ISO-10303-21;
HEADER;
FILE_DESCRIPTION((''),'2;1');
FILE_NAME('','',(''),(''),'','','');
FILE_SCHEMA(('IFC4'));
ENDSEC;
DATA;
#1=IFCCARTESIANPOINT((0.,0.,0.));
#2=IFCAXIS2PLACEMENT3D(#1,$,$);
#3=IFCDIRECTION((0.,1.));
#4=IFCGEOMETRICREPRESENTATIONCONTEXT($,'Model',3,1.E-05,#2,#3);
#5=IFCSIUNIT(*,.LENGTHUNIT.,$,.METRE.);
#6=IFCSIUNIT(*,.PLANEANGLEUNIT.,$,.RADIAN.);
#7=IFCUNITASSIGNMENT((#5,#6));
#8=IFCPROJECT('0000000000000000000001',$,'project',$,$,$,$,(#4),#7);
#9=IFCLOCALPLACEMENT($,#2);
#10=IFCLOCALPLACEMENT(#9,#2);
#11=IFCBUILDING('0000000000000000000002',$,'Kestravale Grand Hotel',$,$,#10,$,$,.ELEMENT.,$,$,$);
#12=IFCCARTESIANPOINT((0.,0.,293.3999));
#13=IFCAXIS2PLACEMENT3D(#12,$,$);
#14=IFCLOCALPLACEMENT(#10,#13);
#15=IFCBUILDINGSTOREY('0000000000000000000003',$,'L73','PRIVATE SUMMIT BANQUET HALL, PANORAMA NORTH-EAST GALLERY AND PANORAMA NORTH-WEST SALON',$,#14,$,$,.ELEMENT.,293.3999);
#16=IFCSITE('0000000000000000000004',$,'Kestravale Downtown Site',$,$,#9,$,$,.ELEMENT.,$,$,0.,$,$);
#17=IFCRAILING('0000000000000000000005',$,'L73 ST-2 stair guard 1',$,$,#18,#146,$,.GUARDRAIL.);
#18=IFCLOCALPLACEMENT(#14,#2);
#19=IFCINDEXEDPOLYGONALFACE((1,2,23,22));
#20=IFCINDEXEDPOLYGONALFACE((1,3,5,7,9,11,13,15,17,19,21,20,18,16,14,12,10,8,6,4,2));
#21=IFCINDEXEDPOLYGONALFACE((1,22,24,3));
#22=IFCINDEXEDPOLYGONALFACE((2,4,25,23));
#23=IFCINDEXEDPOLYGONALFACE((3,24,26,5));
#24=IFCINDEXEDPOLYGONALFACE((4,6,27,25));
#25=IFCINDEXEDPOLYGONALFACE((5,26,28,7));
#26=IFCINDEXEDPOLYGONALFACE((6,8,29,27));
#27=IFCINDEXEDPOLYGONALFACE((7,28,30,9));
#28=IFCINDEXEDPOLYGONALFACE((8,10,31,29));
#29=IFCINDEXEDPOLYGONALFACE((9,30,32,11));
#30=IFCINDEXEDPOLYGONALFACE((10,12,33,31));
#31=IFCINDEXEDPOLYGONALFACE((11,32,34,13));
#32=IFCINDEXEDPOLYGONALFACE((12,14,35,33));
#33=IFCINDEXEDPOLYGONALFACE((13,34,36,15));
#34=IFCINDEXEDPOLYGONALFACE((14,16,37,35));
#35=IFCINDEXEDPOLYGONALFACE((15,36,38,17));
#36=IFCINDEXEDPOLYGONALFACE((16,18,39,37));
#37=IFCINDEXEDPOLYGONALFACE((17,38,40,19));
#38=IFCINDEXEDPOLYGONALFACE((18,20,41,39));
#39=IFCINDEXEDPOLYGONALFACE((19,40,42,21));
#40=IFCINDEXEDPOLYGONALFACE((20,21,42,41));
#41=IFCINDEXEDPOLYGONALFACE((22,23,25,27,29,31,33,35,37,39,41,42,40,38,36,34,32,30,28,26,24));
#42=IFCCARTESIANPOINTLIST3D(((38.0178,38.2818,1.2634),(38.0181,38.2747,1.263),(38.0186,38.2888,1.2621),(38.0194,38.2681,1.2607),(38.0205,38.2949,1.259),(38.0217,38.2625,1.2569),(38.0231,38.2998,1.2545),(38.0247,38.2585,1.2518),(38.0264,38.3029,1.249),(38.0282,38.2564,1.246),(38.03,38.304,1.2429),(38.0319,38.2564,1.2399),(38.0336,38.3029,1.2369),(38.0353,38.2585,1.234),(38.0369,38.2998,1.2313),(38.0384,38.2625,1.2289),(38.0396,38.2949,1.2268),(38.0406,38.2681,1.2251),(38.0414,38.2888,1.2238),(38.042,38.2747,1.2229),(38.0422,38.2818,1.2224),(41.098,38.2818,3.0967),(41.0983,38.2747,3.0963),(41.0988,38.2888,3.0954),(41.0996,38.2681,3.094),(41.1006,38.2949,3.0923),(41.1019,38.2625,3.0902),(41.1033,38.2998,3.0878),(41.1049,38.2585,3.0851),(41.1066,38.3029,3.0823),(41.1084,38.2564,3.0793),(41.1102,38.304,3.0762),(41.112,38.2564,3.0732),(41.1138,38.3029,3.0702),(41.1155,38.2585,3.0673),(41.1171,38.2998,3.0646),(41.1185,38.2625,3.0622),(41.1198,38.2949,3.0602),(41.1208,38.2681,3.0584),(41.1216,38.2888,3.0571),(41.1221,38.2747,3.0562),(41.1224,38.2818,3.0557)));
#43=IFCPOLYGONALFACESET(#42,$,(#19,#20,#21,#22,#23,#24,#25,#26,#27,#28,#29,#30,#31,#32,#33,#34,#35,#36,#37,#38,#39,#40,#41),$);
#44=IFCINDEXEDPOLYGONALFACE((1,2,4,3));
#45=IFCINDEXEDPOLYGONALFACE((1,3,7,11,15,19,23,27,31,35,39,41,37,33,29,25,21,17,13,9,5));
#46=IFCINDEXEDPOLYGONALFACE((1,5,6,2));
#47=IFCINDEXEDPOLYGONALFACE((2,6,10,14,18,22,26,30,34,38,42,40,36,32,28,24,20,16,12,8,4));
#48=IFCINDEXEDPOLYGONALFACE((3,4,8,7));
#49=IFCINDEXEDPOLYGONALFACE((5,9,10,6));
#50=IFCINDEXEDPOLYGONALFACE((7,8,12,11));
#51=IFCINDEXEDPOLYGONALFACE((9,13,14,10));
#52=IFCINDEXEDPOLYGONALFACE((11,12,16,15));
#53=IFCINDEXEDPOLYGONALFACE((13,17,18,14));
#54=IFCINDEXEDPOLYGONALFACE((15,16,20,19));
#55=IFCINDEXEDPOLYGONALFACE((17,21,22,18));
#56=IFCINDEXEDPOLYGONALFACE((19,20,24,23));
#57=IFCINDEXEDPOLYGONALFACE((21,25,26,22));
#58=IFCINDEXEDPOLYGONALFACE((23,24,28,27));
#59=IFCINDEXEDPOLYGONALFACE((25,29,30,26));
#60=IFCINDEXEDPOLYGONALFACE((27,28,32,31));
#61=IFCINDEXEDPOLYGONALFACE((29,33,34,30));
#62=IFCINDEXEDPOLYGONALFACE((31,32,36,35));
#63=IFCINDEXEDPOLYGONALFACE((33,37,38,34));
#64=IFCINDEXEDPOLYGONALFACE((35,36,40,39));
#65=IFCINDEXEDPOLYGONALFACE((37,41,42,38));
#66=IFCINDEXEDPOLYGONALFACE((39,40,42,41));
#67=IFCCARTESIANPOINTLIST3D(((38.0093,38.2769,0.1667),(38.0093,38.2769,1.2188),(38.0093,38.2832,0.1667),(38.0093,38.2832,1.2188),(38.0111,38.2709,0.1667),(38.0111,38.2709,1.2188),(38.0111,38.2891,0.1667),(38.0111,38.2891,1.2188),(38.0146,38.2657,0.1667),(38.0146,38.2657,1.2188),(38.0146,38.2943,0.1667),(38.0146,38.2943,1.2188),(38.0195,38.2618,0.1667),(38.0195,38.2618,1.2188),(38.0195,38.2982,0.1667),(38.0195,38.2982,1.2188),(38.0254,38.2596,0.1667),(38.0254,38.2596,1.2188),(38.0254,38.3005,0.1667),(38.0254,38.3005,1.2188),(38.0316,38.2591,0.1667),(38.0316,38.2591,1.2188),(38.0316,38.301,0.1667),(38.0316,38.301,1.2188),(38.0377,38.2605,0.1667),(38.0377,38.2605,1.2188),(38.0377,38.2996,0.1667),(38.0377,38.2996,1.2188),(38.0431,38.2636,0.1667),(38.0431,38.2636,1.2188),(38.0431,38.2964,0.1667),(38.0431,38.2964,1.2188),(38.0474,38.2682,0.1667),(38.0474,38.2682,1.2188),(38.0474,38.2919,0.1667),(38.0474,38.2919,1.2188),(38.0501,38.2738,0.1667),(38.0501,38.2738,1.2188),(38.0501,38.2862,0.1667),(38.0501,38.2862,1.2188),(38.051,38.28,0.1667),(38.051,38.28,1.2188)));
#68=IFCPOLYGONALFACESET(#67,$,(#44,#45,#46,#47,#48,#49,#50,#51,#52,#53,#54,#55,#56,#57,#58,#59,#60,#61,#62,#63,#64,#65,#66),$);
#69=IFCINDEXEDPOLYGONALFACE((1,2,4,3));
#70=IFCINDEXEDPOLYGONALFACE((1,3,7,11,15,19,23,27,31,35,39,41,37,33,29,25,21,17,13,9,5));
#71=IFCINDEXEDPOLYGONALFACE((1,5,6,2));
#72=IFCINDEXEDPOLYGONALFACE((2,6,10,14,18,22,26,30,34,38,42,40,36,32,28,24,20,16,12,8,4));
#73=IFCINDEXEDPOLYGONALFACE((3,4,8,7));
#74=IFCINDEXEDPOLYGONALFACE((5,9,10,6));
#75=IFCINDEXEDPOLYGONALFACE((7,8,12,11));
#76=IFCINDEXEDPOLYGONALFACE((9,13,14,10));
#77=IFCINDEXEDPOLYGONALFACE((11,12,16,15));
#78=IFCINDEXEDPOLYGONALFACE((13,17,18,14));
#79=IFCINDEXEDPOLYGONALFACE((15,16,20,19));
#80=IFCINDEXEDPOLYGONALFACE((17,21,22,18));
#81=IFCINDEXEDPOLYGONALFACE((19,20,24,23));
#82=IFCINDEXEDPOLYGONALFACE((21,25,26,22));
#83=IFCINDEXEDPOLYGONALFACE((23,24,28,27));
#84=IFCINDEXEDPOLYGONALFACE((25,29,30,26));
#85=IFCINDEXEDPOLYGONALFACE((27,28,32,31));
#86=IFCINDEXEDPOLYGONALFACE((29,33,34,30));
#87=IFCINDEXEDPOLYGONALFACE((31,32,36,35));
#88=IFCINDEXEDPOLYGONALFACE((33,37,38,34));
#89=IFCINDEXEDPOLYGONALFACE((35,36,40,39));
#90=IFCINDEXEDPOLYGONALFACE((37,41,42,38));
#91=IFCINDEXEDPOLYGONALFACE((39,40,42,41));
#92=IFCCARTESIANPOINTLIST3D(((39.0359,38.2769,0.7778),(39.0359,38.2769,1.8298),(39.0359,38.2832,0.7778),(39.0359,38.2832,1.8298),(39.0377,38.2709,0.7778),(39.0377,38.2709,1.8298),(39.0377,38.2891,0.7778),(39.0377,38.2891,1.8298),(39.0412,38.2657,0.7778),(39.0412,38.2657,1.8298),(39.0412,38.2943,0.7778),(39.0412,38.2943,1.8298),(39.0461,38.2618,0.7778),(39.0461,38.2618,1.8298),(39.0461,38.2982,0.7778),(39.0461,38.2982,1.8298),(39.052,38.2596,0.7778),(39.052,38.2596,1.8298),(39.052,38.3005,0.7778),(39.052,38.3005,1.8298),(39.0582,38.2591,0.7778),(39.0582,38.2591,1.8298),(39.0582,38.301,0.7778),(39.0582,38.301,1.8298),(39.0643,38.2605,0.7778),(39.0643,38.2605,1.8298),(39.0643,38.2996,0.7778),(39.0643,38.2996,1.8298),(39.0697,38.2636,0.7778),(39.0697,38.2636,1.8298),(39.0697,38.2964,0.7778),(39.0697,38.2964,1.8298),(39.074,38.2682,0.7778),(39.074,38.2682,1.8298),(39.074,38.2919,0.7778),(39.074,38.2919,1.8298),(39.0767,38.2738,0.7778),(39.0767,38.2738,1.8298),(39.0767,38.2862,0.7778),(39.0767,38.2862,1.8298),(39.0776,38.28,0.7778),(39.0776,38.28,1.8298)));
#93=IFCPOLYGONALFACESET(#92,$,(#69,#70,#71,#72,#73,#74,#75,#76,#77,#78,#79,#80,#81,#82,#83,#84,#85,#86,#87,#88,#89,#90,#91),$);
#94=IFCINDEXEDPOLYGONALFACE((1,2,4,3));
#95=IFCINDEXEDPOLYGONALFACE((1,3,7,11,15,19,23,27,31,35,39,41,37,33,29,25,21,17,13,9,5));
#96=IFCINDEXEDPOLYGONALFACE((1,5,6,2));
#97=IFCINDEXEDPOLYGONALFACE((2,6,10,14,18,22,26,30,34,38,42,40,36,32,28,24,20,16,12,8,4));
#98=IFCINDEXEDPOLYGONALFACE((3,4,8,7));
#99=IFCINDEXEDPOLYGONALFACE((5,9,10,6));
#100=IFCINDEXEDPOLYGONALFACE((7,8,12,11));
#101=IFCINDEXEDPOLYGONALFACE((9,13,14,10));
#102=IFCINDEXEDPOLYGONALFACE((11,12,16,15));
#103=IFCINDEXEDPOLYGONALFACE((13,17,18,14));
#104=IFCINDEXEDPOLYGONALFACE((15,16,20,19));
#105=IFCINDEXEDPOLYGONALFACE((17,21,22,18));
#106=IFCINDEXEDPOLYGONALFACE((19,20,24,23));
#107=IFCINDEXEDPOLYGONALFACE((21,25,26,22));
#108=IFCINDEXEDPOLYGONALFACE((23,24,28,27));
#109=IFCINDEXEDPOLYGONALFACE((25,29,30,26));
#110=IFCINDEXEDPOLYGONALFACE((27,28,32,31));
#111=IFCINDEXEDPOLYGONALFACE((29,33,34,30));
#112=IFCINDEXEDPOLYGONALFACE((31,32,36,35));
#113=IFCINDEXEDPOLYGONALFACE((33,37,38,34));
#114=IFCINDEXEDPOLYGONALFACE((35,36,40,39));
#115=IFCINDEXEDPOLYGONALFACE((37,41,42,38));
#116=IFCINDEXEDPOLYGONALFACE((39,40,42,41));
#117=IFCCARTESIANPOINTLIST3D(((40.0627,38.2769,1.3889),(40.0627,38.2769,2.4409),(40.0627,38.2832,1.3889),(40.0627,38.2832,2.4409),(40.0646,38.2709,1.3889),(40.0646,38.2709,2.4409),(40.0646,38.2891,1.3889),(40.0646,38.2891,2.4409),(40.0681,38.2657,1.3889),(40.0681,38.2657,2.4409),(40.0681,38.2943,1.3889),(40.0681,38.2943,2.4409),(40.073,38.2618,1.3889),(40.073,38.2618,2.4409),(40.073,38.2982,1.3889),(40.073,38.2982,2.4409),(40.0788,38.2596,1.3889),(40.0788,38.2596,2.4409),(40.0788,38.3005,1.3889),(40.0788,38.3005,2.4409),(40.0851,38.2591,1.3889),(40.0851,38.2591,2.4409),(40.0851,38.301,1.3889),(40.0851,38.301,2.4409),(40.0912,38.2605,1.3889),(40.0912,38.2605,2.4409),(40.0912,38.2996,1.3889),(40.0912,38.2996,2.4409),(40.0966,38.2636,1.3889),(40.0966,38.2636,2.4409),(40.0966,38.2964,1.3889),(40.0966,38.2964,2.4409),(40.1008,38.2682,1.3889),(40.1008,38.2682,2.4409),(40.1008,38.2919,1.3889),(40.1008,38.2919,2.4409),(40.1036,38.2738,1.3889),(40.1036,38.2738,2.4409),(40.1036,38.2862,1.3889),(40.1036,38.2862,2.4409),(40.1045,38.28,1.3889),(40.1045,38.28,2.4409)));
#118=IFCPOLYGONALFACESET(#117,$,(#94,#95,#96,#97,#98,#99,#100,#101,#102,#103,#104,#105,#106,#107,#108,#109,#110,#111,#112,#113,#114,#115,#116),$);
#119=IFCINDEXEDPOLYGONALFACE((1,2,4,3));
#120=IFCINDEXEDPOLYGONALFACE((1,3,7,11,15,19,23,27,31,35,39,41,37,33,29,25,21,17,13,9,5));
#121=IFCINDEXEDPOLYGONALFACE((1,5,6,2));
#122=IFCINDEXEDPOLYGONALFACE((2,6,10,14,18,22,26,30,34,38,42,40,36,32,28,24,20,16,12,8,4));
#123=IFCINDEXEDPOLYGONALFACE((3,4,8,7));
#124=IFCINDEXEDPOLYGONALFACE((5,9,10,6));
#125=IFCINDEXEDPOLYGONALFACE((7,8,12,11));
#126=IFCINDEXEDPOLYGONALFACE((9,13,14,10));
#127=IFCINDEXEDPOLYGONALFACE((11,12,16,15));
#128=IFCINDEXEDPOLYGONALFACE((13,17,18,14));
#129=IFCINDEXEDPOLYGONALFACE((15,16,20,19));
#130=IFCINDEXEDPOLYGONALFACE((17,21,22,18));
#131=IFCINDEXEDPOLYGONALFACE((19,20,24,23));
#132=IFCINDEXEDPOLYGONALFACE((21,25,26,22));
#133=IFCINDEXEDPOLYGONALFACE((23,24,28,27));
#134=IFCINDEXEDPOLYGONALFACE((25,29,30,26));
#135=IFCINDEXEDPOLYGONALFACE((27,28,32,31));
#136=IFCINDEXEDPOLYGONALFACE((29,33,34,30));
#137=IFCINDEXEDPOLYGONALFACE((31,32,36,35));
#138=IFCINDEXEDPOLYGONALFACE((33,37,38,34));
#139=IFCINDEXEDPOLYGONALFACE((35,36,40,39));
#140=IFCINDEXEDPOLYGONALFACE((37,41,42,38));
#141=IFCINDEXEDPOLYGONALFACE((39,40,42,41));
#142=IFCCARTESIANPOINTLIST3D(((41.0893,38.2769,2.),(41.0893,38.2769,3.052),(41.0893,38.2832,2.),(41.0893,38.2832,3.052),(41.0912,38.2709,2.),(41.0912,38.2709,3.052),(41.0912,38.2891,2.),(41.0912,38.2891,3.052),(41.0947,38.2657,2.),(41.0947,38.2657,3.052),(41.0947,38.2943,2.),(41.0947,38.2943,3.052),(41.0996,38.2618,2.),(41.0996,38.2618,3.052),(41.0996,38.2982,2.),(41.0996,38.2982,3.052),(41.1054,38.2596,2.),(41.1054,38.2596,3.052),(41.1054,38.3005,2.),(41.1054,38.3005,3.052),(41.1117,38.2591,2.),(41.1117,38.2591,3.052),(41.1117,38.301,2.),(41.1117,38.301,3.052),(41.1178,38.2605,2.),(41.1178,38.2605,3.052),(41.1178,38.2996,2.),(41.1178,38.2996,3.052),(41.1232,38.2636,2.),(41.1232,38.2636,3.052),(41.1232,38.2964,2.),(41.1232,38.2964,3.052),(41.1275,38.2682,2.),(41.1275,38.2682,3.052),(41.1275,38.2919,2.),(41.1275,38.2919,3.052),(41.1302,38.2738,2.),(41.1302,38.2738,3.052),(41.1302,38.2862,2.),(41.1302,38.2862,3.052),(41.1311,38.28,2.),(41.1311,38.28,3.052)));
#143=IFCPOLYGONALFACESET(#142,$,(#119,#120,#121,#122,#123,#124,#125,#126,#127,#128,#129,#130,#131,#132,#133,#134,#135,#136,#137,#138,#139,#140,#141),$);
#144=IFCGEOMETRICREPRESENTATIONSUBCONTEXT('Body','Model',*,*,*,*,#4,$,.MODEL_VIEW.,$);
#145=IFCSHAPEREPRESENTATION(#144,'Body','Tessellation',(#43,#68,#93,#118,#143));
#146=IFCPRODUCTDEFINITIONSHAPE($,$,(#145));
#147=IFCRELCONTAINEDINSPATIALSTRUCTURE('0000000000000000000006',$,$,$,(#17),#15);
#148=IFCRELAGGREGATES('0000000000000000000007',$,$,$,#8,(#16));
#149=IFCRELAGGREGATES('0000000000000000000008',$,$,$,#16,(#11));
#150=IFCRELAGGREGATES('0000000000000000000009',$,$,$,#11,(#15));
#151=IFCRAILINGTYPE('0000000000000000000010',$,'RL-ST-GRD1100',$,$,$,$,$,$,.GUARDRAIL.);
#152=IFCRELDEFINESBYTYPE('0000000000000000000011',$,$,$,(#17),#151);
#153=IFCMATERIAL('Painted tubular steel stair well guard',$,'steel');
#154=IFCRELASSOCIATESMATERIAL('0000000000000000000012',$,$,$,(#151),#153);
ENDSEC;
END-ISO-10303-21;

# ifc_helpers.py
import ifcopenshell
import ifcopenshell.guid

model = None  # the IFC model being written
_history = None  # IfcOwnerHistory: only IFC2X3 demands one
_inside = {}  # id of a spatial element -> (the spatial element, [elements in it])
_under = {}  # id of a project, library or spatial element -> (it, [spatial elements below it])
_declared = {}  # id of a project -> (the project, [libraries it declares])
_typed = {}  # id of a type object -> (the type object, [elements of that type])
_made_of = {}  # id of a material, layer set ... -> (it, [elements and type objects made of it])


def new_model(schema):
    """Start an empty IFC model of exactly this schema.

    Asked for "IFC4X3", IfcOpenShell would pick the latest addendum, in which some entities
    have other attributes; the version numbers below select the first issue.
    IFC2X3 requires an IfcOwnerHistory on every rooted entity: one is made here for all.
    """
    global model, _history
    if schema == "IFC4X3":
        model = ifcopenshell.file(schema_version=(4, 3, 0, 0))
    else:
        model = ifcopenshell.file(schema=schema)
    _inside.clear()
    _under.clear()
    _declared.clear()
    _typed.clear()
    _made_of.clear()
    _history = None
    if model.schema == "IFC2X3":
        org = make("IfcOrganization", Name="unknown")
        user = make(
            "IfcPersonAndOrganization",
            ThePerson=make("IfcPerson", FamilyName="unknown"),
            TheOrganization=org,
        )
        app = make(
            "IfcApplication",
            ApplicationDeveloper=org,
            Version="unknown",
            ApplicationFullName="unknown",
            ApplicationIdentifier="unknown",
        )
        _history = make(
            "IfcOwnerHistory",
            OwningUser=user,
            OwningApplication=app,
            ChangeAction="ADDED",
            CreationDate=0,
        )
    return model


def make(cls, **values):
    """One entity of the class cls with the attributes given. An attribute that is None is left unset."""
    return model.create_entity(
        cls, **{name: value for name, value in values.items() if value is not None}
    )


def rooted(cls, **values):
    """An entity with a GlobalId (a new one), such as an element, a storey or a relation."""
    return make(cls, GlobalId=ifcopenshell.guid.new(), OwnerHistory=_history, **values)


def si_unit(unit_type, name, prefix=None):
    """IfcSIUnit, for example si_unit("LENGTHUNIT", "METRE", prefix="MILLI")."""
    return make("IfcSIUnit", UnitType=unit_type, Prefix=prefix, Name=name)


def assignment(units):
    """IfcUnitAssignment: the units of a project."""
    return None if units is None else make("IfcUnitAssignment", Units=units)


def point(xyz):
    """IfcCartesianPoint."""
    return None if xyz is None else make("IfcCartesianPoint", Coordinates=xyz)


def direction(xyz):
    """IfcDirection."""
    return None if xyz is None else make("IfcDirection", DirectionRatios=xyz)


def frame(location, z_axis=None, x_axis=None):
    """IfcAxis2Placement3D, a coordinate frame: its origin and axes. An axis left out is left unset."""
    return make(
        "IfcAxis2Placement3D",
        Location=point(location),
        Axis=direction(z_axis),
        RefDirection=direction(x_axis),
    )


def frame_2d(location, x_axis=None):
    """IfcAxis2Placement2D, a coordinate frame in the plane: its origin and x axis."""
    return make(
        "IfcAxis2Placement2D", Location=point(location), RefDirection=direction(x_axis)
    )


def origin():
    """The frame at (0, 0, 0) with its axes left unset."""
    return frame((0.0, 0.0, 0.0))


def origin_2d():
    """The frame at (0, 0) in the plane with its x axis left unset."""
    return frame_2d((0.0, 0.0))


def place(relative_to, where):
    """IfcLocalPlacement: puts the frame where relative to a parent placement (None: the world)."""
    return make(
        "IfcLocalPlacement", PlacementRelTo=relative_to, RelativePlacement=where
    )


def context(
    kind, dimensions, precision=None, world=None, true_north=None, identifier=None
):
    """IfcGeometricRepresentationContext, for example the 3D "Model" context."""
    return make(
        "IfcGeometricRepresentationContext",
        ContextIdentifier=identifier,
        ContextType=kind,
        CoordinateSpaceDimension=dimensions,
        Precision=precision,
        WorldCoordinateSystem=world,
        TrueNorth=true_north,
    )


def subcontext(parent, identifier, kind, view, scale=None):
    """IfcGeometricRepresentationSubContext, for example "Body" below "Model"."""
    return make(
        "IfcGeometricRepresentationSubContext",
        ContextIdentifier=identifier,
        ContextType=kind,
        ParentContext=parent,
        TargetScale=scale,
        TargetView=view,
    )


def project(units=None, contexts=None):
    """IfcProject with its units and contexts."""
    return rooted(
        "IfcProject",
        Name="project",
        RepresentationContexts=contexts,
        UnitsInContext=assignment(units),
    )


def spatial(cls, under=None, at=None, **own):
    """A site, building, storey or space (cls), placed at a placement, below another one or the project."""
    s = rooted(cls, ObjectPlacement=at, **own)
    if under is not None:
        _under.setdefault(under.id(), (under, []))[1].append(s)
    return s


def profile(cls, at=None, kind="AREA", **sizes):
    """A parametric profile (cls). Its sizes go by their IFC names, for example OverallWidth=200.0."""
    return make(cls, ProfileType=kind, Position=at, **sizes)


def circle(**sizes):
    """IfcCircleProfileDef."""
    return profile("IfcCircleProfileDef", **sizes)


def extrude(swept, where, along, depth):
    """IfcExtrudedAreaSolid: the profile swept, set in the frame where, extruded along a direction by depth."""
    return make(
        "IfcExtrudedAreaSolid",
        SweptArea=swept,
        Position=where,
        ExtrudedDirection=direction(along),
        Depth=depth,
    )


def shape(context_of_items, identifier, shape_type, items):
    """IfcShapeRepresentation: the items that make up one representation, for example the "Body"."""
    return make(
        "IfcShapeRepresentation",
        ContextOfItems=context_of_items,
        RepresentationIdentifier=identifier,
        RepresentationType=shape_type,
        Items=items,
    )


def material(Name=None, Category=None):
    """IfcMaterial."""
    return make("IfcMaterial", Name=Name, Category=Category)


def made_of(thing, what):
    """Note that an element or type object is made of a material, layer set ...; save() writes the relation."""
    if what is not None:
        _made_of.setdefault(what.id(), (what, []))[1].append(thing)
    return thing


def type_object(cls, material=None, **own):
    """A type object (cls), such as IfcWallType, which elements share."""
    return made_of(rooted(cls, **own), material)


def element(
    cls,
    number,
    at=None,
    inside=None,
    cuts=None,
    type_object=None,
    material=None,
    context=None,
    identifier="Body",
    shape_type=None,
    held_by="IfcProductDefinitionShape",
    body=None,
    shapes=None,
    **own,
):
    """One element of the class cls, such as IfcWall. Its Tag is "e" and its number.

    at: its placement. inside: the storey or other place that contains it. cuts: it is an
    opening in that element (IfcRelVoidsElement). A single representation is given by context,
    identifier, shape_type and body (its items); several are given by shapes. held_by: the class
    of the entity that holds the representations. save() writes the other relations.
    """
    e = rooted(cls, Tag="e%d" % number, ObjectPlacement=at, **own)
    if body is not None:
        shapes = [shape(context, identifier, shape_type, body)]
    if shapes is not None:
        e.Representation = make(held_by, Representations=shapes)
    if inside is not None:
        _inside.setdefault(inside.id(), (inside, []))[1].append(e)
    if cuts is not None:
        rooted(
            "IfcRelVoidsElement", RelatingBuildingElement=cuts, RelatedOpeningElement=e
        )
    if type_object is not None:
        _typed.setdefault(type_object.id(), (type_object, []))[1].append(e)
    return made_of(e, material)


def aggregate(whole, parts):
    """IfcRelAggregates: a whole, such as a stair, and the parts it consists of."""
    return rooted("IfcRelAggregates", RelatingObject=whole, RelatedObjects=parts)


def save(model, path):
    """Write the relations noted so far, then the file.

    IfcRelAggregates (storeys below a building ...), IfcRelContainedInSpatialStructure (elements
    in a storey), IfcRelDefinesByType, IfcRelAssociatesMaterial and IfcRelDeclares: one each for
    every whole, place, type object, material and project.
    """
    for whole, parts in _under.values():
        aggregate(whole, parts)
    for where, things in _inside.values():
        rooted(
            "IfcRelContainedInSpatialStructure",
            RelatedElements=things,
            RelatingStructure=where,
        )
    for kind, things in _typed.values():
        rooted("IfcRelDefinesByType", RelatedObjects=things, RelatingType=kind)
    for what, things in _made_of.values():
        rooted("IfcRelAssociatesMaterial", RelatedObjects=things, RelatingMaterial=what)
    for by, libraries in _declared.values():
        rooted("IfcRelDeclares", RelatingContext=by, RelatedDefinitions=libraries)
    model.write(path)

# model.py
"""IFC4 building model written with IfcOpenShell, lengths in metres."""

from ifc_helpers import new_model, si_unit, direction, frame, origin, origin_2d, place, context, subcontext, project, spatial, circle, extrude, material, type_object, element, save


model = new_model("IFC4")

# Units and contexts
model_context = context("Model", 3, precision=1e-05, world=origin(), true_north=direction((0.0, 1.0)))
body_context = subcontext(model_context, "Body", "Model", "MODEL_VIEW")
ifc_project = project(units=[si_unit("LENGTHUNIT", "METRE"), si_unit("PLANEANGLEUNIT", "RADIAN")], contexts=[model_context])

# Site, building, storey
site_placement = place(None, origin())
site = spatial("IfcSite", under=ifc_project, at=site_placement, Name="Kestravale Downtown Site", CompositionType="ELEMENT", RefElevation=0.0)
building_placement = place(site_placement, origin())
building = spatial("IfcBuilding", under=site, at=building_placement, Name="Kestravale Grand Hotel", CompositionType="ELEMENT")
storey_placement = place(building_placement, frame((0.0, 0.0, 293.3999)))
storey = spatial("IfcBuildingStorey", under=building, at=storey_placement, Name="L73", Description="PRIVATE SUMMIT BANQUET HALL, PANORAMA NORTH-EAST GALLERY AND PANORAMA NORTH-WEST SALON", CompositionType="ELEMENT", Elevation=293.3999)

# Railing
ifc_material_1 = material(Name="Painted tubular steel stair well guard", Category="steel")
railing_type_1 = type_object("IfcRailingType", Name="RL-ST-GRD1100", PredefinedType="GUARDRAIL", material=ifc_material_1)
railing_1_placement = place(storey_placement, frame((38.03, 38.28, 0.1667)))
element("IfcRailing", 1, at=railing_1_placement, inside=storey, type_object=railing_type_1, Name="L73 ST-2 stair guard 1", PredefinedType="GUARDRAIL", context=body_context, shape_type="SweptSolid", body=[
    extrude(circle(Radius=0.0239, at=origin_2d()), frame((0.0, 0.0, 1.0762), z_axis=(0.859309, 0.0, 0.511458), x_axis=(0.0, 1.0, 0.0)), (0.0, 0.0, 1.0), 3.5845),
    extrude(circle(Radius=0.021, at=origin_2d()), origin(), (0.0, 0.0, 1.0), 1.052),
    extrude(circle(Radius=0.021, at=origin_2d()), frame((1.0266, 0.0, 0.6111)), (0.0, 0.0, 1.0), 1.052),
    extrude(circle(Radius=0.021, at=origin_2d()), frame((2.0535, 0.0, 1.2222)), (0.0, 0.0, 1.0), 1.052),
    extrude(circle(Radius=0.021, at=origin_2d()), frame((3.0801, 0.0, 1.8333)), (0.0, 0.0, 1.0), 1.052),
])

save(model, "model.ifc")
